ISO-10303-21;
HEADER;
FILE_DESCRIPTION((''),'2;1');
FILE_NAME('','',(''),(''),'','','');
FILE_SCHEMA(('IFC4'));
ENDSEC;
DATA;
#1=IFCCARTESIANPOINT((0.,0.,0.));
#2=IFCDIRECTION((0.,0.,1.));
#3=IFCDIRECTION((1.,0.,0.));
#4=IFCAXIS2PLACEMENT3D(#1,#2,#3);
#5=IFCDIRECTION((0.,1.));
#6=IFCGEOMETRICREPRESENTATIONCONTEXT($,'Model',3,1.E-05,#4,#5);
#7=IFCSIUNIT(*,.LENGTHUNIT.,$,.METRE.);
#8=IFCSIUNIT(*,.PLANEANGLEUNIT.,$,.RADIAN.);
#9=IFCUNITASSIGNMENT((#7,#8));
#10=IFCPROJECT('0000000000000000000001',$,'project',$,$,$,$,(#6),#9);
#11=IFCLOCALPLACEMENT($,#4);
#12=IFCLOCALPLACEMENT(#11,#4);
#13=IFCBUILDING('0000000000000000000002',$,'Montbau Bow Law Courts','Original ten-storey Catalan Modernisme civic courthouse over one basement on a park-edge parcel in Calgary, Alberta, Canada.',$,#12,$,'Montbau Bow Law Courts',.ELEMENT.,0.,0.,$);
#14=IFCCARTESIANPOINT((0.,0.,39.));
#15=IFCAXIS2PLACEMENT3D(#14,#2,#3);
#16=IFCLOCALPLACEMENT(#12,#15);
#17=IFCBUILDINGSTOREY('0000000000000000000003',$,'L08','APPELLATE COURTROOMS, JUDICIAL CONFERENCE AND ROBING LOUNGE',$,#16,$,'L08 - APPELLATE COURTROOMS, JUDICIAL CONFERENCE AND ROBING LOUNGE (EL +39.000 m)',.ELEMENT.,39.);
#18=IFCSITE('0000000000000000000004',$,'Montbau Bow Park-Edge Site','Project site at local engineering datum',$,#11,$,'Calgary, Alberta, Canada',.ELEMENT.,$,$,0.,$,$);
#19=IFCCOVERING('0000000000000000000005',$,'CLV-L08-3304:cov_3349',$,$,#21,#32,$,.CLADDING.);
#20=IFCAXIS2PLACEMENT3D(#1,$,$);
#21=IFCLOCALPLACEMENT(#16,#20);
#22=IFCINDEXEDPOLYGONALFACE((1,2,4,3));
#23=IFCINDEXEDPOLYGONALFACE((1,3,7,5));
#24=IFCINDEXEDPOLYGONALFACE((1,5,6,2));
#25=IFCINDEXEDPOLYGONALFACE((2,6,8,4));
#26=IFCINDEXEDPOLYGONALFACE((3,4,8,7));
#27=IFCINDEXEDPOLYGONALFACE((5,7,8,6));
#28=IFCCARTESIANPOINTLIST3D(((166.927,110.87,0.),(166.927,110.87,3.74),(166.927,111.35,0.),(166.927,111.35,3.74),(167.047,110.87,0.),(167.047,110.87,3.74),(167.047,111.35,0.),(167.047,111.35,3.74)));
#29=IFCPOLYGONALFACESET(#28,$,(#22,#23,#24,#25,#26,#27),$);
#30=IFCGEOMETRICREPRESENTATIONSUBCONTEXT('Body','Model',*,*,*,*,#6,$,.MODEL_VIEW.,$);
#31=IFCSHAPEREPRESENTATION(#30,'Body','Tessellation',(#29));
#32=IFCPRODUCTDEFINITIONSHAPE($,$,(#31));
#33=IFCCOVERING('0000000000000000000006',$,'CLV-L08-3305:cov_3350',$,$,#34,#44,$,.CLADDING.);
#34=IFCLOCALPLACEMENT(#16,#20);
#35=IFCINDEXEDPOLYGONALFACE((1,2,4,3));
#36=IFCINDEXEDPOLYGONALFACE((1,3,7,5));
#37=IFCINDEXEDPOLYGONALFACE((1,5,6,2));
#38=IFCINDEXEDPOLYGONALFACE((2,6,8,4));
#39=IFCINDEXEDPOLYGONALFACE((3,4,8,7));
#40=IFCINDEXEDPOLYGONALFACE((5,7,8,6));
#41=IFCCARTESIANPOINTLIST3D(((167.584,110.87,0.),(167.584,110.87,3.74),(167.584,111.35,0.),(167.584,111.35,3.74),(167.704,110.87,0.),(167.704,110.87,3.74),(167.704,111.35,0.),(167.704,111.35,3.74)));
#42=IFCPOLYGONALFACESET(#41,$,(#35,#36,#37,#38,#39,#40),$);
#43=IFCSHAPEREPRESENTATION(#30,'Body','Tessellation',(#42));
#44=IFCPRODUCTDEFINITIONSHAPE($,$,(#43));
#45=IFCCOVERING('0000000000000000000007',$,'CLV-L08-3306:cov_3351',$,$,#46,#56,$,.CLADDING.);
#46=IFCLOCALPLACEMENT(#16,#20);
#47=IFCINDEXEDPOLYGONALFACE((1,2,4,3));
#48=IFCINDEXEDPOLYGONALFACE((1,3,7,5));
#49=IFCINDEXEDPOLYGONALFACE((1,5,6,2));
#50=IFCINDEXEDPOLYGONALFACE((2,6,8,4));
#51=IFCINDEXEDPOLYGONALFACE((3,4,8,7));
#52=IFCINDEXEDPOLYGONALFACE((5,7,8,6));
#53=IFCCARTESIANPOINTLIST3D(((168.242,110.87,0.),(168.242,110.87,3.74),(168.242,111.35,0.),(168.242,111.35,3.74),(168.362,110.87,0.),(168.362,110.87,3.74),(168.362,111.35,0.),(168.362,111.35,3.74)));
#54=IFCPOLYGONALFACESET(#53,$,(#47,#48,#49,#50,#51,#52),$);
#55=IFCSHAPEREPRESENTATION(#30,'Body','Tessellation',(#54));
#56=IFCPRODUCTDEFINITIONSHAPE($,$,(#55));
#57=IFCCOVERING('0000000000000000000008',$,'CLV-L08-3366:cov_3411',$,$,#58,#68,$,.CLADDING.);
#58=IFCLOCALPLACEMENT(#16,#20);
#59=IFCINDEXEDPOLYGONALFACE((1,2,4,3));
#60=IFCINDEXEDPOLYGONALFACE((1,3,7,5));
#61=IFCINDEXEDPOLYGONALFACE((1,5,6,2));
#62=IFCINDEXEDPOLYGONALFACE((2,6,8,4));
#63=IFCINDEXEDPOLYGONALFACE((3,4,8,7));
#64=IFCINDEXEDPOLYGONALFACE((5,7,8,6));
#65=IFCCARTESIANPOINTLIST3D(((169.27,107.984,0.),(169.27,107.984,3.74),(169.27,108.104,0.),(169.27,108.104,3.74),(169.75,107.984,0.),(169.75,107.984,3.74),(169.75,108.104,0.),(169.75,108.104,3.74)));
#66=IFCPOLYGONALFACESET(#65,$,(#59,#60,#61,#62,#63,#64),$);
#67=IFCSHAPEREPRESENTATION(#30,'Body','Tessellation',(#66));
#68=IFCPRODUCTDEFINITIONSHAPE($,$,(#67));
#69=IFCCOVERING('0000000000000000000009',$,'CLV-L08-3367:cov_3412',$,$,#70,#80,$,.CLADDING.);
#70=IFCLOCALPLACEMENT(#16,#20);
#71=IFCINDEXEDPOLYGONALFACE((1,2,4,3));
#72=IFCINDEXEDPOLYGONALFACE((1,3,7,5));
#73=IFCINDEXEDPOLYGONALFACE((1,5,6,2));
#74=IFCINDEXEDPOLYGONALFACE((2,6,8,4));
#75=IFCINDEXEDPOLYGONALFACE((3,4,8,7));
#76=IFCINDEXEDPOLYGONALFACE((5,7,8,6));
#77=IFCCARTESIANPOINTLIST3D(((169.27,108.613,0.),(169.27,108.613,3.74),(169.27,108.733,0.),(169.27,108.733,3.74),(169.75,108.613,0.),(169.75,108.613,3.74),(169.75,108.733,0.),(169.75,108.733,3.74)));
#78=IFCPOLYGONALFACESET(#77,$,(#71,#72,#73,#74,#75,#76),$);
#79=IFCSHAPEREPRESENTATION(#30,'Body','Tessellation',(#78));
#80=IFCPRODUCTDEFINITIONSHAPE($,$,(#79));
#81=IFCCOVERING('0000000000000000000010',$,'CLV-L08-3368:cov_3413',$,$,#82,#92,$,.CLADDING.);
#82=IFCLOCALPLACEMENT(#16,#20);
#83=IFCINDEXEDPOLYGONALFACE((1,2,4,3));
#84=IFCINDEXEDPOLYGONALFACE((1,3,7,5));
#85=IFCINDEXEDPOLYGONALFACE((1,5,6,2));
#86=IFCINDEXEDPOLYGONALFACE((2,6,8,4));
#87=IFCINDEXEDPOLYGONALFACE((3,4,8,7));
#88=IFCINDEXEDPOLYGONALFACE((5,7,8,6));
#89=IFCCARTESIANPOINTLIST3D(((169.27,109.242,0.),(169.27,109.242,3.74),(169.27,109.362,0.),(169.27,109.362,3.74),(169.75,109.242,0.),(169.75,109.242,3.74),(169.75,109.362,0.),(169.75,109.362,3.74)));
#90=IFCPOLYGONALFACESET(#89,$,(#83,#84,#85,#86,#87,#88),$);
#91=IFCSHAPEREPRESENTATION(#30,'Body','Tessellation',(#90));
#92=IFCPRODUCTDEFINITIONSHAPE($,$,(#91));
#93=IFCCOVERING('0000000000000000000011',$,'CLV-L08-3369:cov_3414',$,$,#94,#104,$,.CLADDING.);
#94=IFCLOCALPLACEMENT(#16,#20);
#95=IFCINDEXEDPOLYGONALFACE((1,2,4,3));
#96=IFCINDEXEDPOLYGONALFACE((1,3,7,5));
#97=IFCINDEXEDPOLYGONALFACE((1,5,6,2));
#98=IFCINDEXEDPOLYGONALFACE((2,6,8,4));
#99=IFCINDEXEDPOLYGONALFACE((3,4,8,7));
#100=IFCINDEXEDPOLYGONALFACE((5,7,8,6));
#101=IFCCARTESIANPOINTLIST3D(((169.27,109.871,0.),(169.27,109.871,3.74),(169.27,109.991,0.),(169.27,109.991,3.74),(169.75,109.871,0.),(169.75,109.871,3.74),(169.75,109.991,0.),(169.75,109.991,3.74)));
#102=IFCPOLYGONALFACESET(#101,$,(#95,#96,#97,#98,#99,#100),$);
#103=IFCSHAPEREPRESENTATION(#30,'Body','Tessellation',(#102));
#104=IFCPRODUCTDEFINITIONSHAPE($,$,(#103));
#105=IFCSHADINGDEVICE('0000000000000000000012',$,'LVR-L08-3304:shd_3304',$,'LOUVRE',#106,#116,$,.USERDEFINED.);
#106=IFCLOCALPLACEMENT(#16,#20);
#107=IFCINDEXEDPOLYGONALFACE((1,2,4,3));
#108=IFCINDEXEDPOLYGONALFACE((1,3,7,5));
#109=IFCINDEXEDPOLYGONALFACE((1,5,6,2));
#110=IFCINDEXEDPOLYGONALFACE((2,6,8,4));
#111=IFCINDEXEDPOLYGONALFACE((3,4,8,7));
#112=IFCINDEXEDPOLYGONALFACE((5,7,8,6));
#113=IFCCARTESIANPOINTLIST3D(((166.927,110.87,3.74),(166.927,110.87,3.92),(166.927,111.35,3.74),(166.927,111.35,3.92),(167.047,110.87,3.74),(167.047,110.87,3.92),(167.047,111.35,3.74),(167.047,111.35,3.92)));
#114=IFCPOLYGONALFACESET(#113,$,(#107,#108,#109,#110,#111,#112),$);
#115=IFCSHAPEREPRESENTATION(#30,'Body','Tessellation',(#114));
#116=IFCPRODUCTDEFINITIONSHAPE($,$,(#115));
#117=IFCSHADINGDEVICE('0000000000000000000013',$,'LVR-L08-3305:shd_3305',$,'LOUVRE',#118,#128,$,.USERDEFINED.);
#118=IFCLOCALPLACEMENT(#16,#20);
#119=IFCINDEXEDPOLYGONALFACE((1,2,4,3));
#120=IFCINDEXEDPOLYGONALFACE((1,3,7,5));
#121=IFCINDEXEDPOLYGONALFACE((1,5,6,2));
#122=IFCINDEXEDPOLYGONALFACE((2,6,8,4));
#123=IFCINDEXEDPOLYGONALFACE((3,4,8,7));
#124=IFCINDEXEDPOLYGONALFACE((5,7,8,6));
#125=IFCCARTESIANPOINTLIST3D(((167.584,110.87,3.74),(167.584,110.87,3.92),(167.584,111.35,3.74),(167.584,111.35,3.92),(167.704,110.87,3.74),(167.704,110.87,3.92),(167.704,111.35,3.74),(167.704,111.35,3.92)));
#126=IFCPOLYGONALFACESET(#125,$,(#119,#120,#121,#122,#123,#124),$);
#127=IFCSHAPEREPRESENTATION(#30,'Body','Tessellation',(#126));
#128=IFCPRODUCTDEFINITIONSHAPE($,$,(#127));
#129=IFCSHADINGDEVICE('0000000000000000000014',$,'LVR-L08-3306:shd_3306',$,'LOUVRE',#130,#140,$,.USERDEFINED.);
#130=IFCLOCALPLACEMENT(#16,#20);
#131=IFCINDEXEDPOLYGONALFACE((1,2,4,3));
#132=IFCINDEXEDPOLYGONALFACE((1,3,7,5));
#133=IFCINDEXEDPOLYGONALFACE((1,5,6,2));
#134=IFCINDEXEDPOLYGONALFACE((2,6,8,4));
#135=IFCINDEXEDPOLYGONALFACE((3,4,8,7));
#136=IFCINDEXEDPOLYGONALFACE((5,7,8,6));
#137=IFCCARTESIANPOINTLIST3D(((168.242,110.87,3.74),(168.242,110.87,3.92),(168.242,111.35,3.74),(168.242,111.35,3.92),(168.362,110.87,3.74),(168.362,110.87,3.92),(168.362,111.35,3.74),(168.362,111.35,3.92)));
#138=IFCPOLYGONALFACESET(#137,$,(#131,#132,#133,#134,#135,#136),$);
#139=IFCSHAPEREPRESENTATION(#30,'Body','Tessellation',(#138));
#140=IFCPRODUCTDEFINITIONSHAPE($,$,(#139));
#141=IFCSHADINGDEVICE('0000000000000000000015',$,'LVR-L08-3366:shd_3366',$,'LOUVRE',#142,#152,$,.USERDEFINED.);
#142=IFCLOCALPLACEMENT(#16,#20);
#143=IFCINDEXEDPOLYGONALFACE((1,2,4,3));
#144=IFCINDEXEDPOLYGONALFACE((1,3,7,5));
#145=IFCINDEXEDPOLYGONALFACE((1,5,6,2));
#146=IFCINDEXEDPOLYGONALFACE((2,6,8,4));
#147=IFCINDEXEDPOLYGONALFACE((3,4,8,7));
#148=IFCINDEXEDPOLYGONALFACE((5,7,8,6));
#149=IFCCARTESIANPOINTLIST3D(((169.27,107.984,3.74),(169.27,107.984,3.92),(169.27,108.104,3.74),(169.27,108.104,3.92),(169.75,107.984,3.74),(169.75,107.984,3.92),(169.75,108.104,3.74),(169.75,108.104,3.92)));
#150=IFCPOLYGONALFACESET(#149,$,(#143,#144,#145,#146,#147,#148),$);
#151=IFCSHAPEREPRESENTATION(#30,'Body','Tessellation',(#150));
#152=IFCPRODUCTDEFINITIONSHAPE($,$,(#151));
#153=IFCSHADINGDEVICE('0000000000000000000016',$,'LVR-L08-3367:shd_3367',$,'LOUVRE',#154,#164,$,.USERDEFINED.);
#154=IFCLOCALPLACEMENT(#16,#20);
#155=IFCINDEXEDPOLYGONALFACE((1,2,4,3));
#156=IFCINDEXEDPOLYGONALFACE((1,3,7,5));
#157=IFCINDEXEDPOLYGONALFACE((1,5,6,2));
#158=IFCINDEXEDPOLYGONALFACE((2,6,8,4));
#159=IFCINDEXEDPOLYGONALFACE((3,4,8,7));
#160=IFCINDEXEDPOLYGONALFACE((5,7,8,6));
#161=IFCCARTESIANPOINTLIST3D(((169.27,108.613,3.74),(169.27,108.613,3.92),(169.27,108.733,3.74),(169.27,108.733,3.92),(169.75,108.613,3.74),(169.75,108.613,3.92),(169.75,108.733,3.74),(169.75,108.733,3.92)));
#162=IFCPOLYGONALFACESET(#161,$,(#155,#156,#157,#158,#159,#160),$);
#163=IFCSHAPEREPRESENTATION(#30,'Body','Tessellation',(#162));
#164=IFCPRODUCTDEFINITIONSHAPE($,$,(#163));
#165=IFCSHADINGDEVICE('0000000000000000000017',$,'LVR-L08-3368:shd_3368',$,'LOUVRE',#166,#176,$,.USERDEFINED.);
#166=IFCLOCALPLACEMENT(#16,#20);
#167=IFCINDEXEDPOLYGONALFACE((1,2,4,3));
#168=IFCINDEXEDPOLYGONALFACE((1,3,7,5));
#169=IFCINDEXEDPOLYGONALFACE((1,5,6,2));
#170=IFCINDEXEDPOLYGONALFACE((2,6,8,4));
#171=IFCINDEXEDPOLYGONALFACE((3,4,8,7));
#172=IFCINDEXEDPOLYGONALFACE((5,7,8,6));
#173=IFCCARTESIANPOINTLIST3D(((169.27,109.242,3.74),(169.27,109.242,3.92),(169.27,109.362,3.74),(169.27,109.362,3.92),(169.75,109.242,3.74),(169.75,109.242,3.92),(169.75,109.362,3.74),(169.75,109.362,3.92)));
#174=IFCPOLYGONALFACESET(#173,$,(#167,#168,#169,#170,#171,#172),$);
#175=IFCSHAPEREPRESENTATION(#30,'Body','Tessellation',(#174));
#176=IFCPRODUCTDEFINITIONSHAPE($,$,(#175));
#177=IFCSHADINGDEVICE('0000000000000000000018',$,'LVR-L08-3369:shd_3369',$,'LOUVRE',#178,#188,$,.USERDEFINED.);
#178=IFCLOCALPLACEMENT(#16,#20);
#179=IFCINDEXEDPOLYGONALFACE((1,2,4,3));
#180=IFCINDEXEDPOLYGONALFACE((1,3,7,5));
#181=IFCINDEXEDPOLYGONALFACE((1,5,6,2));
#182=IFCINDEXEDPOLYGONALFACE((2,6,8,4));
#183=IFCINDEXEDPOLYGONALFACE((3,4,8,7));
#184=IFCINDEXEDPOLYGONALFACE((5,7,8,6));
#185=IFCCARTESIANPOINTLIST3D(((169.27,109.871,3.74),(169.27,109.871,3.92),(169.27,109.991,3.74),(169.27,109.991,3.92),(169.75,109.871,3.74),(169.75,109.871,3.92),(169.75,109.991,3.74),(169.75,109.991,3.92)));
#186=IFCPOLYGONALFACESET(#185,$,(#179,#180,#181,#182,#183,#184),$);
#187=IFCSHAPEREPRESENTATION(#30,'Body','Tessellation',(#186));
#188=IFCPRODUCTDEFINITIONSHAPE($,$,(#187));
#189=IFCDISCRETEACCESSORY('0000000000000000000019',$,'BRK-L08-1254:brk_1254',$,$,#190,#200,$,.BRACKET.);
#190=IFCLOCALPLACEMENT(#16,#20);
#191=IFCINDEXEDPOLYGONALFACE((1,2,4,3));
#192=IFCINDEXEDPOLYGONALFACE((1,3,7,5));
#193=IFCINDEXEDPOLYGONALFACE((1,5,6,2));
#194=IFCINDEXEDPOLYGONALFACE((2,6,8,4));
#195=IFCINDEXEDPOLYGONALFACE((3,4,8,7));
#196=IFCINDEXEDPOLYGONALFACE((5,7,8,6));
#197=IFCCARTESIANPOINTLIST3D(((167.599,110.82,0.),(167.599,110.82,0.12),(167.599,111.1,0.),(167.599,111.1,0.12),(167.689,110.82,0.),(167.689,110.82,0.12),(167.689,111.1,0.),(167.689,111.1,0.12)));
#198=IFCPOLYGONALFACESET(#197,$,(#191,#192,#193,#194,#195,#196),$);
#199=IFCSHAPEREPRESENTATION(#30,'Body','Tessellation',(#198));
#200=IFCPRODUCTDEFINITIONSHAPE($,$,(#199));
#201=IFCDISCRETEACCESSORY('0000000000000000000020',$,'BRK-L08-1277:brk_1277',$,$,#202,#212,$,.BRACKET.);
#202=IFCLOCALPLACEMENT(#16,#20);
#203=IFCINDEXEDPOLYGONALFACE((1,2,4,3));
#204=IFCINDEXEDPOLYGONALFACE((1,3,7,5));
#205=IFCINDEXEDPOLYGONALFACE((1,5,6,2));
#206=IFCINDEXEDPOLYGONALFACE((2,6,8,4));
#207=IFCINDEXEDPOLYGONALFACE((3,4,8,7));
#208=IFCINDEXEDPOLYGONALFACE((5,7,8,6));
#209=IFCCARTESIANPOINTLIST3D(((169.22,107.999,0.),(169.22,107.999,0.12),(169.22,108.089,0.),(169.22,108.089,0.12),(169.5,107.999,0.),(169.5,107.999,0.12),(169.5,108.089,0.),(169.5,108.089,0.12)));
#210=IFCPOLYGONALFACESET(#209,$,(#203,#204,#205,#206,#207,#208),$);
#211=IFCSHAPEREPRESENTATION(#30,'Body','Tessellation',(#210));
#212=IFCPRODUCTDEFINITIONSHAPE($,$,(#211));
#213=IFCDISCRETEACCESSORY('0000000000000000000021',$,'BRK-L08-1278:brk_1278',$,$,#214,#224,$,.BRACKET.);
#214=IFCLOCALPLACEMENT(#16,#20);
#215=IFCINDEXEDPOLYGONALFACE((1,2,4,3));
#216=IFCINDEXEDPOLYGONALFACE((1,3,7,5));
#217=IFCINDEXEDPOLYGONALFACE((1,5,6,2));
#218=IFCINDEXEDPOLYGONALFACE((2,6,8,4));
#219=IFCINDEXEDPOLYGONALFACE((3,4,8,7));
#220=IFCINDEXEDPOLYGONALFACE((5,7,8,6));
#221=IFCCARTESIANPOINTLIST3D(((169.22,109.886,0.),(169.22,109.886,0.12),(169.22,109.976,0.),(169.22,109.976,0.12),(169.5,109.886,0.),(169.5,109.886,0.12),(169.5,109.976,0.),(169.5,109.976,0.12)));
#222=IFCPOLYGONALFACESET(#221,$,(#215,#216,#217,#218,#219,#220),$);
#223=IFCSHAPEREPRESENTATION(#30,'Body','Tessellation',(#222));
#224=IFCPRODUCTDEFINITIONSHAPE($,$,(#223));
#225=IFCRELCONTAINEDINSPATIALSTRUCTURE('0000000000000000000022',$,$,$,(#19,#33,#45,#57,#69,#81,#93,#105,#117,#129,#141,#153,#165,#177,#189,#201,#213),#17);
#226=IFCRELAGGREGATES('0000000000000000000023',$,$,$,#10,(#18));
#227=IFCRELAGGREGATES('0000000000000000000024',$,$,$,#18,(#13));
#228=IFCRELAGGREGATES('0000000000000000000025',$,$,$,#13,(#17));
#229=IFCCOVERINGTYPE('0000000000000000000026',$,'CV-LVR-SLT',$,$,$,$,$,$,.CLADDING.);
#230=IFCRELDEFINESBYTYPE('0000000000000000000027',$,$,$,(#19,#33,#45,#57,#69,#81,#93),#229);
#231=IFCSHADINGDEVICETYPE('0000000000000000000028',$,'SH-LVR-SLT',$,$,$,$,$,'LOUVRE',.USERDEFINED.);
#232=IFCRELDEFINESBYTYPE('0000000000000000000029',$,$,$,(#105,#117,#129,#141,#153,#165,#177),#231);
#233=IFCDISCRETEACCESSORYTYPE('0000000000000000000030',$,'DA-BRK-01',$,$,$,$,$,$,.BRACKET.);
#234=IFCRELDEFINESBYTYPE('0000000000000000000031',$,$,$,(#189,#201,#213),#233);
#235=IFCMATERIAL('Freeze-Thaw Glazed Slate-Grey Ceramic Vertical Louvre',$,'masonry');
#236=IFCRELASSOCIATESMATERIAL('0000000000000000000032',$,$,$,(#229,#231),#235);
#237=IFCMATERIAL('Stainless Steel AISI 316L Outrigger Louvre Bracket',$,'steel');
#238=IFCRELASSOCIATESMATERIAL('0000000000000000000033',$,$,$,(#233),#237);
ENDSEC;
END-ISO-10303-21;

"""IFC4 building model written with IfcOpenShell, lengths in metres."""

from ifc_helpers import new_model, si_unit, direction, frame, frame_2d, origin_with_axes, origin_2d_with_axis, place, context, subcontext, project, spatial, rectangle, extrude, material, type_object, element, save


model = new_model("IFC4")

# Units and contexts
model_context = context("Model", 3, precision=1e-05, world=origin_with_axes(), true_north=direction((0.0, 1.0)))
body_context = subcontext(model_context, "Body", "Model", "MODEL_VIEW")
ifc_project = project(units=[si_unit("LENGTHUNIT", "METRE"), si_unit("PLANEANGLEUNIT", "RADIAN")], contexts=[model_context])

# Site, building, storey
site_placement = place(None, origin_with_axes())
site = spatial("IfcSite", under=ifc_project, at=site_placement, Name="Montbau Bow Park-Edge Site", Description="Project site at local engineering datum", LongName="Calgary, Alberta, Canada", CompositionType="ELEMENT", RefElevation=0.0)
building_placement = place(site_placement, origin_with_axes())
building = spatial("IfcBuilding", under=site, at=building_placement, Name="Montbau Bow Law Courts", Description="Original ten-storey Catalan Modernisme civic courthouse over one basement on a park-edge parcel in Calgary, Alberta, Canada.", LongName="Montbau Bow Law Courts", CompositionType="ELEMENT", ElevationOfRefHeight=0.0, ElevationOfTerrain=0.0)
storey_placement = place(building_placement, frame((0.0, 0.0, 39.0), z_axis=(0.0, 0.0, 1.0), x_axis=(1.0, 0.0, 0.0)))
storey = spatial("IfcBuildingStorey", under=building, at=storey_placement, Name="L08", Description="APPELLATE COURTROOMS, JUDICIAL CONFERENCE AND ROBING LOUNGE", LongName="L08 - APPELLATE COURTROOMS, JUDICIAL CONFERENCE AND ROBING LOUNGE (EL +39.000 m)", CompositionType="ELEMENT", Elevation=39.0)

# Coverings
ifc_material_1 = material(Name="Freeze-Thaw Glazed Slate-Grey Ceramic Vertical Louvre", Category="masonry")
covering_type = type_object("IfcCoveringType", Name="CV-LVR-SLT", PredefinedType="CLADDING", material=ifc_material_1)
for number, where, z_axis, x_axis, name in (
    (1, (166.987, 110.87, 39.0), (1.0, 0.0, 0.0), (0.0, 1.0, 0.0), "CLV-L08-3304:cov_3349"),
    (2, (167.644, 110.87, 39.0), (1.0, 0.0, 0.0), (0.0, 1.0, 0.0), "CLV-L08-3305:cov_3350"),
    (3, (168.302, 110.87, 39.0), (1.0, 0.0, 0.0), (0.0, 1.0, 0.0), "CLV-L08-3306:cov_3351"),
    (4, (169.27, 108.044, 39.0), (0.0, -1.0, 0.0), (1.0, 0.0, 0.0), "CLV-L08-3366:cov_3411"),
    (5, (169.27, 108.673, 39.0), (0.0, -1.0, 0.0), (1.0, 0.0, 0.0), "CLV-L08-3367:cov_3412"),
    (6, (169.27, 109.302, 39.0), (0.0, -1.0, 0.0), (1.0, 0.0, 0.0), "CLV-L08-3368:cov_3413"),
    (7, (169.27, 109.931, 39.0), (0.0, -1.0, 0.0), (1.0, 0.0, 0.0), "CLV-L08-3369:cov_3414"),
):
    element("IfcCovering", number, at=place(None, frame(where, z_axis=z_axis, x_axis=x_axis)), inside=storey, type_object=covering_type, Name=name, PredefinedType="CLADDING", context=body_context, shape_type="SweptSolid", body=[
        extrude(rectangle(XDim=0.48, YDim=3.74, at=frame_2d((0.24, 1.87), x_axis=(1.0, 0.0))), frame((0.0, 0.0, -0.06), z_axis=(0.0, 0.0, 1.0), x_axis=(1.0, 0.0, 0.0)), (0.0, 0.0, 1.0), 0.12),
    ])

# Shading devices
shading_device_type = type_object("IfcShadingDeviceType", Name="SH-LVR-SLT", ElementType="LOUVRE", PredefinedType="USERDEFINED", material=ifc_material_1)
for number, where, z_axis, x_axis, name in (
    (8, (166.987, 111.11, 42.74), (0.0, 0.0, 1.0), (0.0, 1.0, 0.0), "LVR-L08-3304:shd_3304"),
    (9, (167.644, 111.11, 42.74), (0.0, 0.0, 1.0), (0.0, 1.0, 0.0), "LVR-L08-3305:shd_3305"),
    (10, (168.302, 111.11, 42.74), (0.0, 0.0, 1.0), (0.0, 1.0, 0.0), "LVR-L08-3306:shd_3306"),
    (11, (169.51, 108.044, 42.74), (0.0, 0.0, 1.0), (1.0, 0.0, 0.0), "LVR-L08-3366:shd_3366"),
    (12, (169.51, 108.673, 42.74), (0.0, 0.0, 1.0), (1.0, 0.0, 0.0), "LVR-L08-3367:shd_3367"),
    (13, (169.51, 109.302, 42.74), (0.0, 0.0, 1.0), (1.0, 0.0, 0.0), "LVR-L08-3368:shd_3368"),
    (14, (169.51, 109.931, 42.74), (0.0, 0.0, 1.0), (1.0, 0.0, 0.0), "LVR-L08-3369:shd_3369"),
):
    element("IfcShadingDevice", number, at=place(None, frame(where, z_axis=z_axis, x_axis=x_axis)), inside=storey, type_object=shading_device_type, Name=name, ObjectType="LOUVRE", PredefinedType="USERDEFINED", context=body_context, shape_type="SweptSolid", body=[
        extrude(rectangle(XDim=0.48, YDim=0.12, at=origin_2d_with_axis()), origin_with_axes(), (0.0, 0.0, 1.0), 0.18),
    ])

# Discrete accessories
ifc_material_2 = material(Name="Stainless Steel AISI 316L Outrigger Louvre Bracket", Category="steel")
discrete_accessory_type = type_object("IfcDiscreteAccessoryType", Name="DA-BRK-01", PredefinedType="BRACKET", material=ifc_material_2)
for number, where, z_axis, x_axis, name in (
    (15, (167.644, 110.96, 39.0), (0.0, 0.0, 1.0), (0.0, 1.0, 0.0), "BRK-L08-1254:brk_1254"),
    (16, (169.36, 108.044, 39.0), (0.0, 0.0, 1.0), (1.0, 0.0, 0.0), "BRK-L08-1277:brk_1277"),
    (17, (169.36, 109.931, 39.0), (0.0, 0.0, 1.0), (1.0, 0.0, 0.0), "BRK-L08-1278:brk_1278"),
):
    element("IfcDiscreteAccessory", number, at=place(None, frame(where, z_axis=z_axis, x_axis=x_axis)), inside=storey, type_object=discrete_accessory_type, Name=name, PredefinedType="BRACKET", context=body_context, shape_type="SweptSolid", body=[
        extrude(rectangle(XDim=0.28, YDim=0.09, at=origin_2d_with_axis()), origin_with_axes(), (0.0, 0.0, 1.0), 0.12),
    ])

save(model, "model.ifc")
